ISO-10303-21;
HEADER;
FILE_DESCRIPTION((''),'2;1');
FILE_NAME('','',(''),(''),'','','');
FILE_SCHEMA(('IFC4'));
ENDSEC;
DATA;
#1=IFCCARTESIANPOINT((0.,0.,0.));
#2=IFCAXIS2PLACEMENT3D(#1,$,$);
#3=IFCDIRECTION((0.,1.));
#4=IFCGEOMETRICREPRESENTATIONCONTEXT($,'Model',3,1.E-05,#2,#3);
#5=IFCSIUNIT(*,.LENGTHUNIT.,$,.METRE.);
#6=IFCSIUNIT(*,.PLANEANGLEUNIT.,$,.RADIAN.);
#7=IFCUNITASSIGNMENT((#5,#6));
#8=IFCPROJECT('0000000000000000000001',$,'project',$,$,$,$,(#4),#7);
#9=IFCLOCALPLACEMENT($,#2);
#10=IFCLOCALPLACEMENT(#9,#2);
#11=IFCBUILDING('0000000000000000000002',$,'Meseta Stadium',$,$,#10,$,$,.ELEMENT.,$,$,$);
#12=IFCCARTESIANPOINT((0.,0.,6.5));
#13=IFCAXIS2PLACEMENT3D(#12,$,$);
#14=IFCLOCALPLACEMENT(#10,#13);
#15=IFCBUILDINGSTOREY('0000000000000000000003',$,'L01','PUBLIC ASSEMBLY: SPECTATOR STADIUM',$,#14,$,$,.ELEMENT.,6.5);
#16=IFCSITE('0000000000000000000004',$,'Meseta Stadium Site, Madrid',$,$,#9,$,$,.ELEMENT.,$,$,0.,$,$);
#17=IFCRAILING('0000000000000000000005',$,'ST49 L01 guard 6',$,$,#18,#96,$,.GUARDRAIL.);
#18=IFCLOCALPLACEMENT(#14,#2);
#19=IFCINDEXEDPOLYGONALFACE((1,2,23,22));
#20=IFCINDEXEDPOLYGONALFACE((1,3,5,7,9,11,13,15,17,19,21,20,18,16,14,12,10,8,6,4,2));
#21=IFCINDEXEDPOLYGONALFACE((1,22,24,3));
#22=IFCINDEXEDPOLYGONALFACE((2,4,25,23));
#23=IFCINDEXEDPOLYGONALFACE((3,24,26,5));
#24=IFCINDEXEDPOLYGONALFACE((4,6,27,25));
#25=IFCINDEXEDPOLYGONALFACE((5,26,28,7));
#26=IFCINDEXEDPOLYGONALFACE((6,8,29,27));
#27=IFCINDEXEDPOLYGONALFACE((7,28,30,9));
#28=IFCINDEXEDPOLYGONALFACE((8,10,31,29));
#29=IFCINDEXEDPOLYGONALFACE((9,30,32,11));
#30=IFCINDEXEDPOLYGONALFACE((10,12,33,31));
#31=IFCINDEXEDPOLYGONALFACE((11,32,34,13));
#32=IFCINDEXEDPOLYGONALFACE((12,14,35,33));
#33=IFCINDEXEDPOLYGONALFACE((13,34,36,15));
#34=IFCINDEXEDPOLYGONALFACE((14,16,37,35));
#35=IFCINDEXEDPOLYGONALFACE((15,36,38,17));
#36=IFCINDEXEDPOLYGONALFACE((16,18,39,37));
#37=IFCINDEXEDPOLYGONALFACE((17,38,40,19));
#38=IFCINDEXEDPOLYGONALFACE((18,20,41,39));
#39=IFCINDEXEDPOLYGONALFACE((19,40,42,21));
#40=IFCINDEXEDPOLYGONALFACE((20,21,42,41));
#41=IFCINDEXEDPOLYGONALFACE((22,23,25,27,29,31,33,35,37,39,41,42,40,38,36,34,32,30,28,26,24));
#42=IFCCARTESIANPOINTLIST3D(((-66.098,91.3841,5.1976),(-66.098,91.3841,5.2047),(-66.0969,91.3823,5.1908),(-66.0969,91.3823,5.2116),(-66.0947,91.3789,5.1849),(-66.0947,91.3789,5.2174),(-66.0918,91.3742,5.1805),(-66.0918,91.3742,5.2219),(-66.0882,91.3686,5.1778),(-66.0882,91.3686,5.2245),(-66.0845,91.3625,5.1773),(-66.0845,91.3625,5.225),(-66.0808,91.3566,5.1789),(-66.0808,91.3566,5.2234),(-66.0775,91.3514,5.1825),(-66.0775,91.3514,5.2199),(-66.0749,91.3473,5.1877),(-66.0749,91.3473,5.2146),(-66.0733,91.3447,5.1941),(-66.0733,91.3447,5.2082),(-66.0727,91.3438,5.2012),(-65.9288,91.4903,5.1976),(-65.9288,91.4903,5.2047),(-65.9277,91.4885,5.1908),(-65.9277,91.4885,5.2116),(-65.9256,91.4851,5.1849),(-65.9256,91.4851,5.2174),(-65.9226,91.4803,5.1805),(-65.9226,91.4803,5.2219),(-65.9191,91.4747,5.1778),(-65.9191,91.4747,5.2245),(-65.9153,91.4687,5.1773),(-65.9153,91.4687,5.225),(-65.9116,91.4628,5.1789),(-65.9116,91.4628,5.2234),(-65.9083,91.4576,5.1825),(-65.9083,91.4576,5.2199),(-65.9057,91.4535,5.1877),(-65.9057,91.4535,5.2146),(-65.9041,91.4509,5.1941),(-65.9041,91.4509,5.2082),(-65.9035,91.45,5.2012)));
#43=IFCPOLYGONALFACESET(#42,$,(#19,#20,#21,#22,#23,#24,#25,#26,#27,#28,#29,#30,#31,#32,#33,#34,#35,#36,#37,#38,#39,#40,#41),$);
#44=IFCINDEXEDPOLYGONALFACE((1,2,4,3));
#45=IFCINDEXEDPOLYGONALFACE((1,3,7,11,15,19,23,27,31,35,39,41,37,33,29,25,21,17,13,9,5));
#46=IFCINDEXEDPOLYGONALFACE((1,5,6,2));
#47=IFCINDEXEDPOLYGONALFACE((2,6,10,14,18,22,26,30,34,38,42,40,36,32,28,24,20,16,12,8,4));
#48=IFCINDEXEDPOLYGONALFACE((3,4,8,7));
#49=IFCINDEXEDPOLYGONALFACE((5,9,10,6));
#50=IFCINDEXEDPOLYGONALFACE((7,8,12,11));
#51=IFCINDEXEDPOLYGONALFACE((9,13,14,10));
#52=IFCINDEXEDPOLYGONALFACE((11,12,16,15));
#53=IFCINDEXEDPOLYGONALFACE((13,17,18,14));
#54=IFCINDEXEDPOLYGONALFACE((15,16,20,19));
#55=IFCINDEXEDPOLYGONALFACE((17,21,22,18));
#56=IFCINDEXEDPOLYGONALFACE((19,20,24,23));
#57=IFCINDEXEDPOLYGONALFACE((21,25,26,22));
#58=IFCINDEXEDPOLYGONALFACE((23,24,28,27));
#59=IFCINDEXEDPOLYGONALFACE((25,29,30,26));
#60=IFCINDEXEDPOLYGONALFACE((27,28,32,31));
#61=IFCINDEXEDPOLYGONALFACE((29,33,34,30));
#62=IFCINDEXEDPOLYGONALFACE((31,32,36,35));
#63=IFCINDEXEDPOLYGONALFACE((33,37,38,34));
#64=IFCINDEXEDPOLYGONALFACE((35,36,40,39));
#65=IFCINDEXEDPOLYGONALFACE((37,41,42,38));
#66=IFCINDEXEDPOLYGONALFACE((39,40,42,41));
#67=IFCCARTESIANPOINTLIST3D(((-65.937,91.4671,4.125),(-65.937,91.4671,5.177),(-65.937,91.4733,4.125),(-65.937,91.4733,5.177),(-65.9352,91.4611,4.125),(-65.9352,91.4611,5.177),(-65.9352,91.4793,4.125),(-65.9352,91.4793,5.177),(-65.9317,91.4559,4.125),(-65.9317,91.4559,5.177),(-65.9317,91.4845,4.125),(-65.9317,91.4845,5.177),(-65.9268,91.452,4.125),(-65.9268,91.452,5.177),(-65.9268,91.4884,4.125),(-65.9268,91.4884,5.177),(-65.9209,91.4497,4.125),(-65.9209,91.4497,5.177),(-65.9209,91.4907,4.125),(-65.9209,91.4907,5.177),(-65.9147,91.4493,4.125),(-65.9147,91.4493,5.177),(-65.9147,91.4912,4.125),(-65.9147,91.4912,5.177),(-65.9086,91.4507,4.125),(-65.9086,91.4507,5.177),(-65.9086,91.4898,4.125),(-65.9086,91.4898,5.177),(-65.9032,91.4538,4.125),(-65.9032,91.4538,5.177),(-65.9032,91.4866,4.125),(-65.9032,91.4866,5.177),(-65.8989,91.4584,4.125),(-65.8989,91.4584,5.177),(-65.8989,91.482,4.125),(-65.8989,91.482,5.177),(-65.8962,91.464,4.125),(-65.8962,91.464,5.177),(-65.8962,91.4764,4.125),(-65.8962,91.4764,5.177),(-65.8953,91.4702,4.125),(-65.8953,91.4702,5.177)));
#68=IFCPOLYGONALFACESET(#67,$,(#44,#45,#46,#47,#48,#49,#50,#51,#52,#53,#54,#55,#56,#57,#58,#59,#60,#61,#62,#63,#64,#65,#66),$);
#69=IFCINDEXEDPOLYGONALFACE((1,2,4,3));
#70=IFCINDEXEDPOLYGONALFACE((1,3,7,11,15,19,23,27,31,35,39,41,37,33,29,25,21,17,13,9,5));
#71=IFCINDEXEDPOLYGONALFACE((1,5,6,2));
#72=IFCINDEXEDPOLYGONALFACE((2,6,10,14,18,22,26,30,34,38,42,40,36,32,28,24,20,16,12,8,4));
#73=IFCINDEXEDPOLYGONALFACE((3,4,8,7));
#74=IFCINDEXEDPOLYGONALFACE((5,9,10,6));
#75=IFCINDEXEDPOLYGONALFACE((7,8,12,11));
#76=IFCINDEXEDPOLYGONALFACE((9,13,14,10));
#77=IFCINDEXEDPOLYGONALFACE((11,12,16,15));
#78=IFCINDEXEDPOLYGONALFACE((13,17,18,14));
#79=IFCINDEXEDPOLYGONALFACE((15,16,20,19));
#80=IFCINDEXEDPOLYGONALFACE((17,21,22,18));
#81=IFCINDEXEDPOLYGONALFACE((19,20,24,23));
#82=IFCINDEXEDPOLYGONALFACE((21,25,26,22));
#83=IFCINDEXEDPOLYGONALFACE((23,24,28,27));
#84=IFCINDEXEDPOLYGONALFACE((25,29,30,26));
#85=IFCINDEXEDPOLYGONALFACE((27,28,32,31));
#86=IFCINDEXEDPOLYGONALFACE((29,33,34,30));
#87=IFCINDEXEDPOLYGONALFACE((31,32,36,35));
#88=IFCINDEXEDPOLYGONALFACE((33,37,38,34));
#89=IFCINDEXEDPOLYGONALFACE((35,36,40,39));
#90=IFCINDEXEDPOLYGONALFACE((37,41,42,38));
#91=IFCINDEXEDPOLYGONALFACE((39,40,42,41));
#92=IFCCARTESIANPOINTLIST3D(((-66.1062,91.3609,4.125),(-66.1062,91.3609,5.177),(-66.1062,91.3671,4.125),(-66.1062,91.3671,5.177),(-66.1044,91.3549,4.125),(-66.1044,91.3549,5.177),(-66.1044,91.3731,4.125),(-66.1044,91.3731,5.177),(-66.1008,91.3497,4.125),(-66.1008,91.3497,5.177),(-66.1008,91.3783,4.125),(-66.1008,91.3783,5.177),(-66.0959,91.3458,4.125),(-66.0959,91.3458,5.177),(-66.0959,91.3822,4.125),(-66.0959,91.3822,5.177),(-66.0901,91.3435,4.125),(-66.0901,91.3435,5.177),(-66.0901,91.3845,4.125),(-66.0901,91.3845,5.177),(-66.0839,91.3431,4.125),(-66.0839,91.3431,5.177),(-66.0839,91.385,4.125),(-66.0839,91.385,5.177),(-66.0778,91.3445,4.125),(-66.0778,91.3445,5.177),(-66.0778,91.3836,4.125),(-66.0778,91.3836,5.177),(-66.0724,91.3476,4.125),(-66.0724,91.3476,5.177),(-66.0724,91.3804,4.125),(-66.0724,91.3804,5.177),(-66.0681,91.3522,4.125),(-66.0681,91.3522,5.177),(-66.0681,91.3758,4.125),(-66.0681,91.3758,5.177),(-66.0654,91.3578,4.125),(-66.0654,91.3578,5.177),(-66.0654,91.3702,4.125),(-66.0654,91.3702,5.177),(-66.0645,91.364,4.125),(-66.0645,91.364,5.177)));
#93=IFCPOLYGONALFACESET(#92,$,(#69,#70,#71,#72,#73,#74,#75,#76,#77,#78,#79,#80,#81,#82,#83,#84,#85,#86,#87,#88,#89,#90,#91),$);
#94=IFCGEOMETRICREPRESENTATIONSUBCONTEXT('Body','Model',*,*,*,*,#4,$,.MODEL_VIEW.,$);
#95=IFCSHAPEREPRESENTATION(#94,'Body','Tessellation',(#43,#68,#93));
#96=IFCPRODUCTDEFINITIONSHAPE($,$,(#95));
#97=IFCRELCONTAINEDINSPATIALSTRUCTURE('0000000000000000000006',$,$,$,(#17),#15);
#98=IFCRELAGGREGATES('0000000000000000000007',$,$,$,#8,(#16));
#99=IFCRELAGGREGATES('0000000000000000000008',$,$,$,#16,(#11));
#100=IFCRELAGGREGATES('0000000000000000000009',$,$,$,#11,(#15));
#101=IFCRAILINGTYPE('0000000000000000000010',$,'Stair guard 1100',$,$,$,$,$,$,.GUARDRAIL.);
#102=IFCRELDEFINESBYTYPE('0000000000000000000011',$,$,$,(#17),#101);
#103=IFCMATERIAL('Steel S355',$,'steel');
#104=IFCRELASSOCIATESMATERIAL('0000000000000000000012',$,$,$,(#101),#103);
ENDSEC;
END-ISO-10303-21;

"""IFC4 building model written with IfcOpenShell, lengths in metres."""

from ifc_helpers import new_model, si_unit, direction, frame, origin, origin_2d, place, context, subcontext, project, spatial, circle, extrude, material, type_object, element, save


model = new_model("IFC4")

# Units and contexts
model_context = context("Model", 3, precision=1e-05, world=origin(), true_north=direction((0.0, 1.0)))
body_context = subcontext(model_context, "Body", "Model", "MODEL_VIEW")
ifc_project = project(units=[si_unit("LENGTHUNIT", "METRE"), si_unit("PLANEANGLEUNIT", "RADIAN")], contexts=[model_context])

# Site, building, storey
site_placement = place(None, origin())
site = spatial("IfcSite", under=ifc_project, at=site_placement, Name="Meseta Stadium Site, Madrid", CompositionType="ELEMENT", RefElevation=0.0)
building_placement = place(site_placement, origin())
building = spatial("IfcBuilding", under=site, at=building_placement, Name="Meseta Stadium", CompositionType="ELEMENT")
storey_placement = place(building_placement, frame((0.0, 0.0, 6.5)))
storey = spatial("IfcBuildingStorey", under=building, at=storey_placement, Name="L01", Description="PUBLIC ASSEMBLY: SPECTATOR STADIUM", CompositionType="ELEMENT", Elevation=6.5)

# Railing
ifc_material_1 = material(Name="Steel S355", Category="steel")
railing_type_1 = type_object("IfcRailingType", Name="Stair guard 1100", PredefinedType="GUARDRAIL", material=ifc_material_1)
railing_1_placement = place(storey_placement, frame((-65.9163, 91.4702, 4.125)))
element("IfcRailing", 1, at=railing_1_placement, inside=storey, type_object=railing_type_1, Name="ST49 L01 guard 6", PredefinedType="GUARDRAIL", context=body_context, shape_type="SweptSolid", body=[
    extrude(circle(Radius=0.0239, at=origin_2d()), frame((0.0, 0.0, 1.0762), z_axis=(-0.846967, -0.531646, 0.0), x_axis=(0.531646, -0.846967, 0.0)), (0.0, 0.0, 1.0), 0.1997),
    extrude(circle(Radius=0.021, at=origin_2d()), origin(), (0.0, 0.0, 1.0), 1.052),
    extrude(circle(Radius=0.021, at=origin_2d()), frame((-0.1692, -0.1062, 0.0)), (0.0, 0.0, 1.0), 1.052),
])

save(model, "model.ifc")
